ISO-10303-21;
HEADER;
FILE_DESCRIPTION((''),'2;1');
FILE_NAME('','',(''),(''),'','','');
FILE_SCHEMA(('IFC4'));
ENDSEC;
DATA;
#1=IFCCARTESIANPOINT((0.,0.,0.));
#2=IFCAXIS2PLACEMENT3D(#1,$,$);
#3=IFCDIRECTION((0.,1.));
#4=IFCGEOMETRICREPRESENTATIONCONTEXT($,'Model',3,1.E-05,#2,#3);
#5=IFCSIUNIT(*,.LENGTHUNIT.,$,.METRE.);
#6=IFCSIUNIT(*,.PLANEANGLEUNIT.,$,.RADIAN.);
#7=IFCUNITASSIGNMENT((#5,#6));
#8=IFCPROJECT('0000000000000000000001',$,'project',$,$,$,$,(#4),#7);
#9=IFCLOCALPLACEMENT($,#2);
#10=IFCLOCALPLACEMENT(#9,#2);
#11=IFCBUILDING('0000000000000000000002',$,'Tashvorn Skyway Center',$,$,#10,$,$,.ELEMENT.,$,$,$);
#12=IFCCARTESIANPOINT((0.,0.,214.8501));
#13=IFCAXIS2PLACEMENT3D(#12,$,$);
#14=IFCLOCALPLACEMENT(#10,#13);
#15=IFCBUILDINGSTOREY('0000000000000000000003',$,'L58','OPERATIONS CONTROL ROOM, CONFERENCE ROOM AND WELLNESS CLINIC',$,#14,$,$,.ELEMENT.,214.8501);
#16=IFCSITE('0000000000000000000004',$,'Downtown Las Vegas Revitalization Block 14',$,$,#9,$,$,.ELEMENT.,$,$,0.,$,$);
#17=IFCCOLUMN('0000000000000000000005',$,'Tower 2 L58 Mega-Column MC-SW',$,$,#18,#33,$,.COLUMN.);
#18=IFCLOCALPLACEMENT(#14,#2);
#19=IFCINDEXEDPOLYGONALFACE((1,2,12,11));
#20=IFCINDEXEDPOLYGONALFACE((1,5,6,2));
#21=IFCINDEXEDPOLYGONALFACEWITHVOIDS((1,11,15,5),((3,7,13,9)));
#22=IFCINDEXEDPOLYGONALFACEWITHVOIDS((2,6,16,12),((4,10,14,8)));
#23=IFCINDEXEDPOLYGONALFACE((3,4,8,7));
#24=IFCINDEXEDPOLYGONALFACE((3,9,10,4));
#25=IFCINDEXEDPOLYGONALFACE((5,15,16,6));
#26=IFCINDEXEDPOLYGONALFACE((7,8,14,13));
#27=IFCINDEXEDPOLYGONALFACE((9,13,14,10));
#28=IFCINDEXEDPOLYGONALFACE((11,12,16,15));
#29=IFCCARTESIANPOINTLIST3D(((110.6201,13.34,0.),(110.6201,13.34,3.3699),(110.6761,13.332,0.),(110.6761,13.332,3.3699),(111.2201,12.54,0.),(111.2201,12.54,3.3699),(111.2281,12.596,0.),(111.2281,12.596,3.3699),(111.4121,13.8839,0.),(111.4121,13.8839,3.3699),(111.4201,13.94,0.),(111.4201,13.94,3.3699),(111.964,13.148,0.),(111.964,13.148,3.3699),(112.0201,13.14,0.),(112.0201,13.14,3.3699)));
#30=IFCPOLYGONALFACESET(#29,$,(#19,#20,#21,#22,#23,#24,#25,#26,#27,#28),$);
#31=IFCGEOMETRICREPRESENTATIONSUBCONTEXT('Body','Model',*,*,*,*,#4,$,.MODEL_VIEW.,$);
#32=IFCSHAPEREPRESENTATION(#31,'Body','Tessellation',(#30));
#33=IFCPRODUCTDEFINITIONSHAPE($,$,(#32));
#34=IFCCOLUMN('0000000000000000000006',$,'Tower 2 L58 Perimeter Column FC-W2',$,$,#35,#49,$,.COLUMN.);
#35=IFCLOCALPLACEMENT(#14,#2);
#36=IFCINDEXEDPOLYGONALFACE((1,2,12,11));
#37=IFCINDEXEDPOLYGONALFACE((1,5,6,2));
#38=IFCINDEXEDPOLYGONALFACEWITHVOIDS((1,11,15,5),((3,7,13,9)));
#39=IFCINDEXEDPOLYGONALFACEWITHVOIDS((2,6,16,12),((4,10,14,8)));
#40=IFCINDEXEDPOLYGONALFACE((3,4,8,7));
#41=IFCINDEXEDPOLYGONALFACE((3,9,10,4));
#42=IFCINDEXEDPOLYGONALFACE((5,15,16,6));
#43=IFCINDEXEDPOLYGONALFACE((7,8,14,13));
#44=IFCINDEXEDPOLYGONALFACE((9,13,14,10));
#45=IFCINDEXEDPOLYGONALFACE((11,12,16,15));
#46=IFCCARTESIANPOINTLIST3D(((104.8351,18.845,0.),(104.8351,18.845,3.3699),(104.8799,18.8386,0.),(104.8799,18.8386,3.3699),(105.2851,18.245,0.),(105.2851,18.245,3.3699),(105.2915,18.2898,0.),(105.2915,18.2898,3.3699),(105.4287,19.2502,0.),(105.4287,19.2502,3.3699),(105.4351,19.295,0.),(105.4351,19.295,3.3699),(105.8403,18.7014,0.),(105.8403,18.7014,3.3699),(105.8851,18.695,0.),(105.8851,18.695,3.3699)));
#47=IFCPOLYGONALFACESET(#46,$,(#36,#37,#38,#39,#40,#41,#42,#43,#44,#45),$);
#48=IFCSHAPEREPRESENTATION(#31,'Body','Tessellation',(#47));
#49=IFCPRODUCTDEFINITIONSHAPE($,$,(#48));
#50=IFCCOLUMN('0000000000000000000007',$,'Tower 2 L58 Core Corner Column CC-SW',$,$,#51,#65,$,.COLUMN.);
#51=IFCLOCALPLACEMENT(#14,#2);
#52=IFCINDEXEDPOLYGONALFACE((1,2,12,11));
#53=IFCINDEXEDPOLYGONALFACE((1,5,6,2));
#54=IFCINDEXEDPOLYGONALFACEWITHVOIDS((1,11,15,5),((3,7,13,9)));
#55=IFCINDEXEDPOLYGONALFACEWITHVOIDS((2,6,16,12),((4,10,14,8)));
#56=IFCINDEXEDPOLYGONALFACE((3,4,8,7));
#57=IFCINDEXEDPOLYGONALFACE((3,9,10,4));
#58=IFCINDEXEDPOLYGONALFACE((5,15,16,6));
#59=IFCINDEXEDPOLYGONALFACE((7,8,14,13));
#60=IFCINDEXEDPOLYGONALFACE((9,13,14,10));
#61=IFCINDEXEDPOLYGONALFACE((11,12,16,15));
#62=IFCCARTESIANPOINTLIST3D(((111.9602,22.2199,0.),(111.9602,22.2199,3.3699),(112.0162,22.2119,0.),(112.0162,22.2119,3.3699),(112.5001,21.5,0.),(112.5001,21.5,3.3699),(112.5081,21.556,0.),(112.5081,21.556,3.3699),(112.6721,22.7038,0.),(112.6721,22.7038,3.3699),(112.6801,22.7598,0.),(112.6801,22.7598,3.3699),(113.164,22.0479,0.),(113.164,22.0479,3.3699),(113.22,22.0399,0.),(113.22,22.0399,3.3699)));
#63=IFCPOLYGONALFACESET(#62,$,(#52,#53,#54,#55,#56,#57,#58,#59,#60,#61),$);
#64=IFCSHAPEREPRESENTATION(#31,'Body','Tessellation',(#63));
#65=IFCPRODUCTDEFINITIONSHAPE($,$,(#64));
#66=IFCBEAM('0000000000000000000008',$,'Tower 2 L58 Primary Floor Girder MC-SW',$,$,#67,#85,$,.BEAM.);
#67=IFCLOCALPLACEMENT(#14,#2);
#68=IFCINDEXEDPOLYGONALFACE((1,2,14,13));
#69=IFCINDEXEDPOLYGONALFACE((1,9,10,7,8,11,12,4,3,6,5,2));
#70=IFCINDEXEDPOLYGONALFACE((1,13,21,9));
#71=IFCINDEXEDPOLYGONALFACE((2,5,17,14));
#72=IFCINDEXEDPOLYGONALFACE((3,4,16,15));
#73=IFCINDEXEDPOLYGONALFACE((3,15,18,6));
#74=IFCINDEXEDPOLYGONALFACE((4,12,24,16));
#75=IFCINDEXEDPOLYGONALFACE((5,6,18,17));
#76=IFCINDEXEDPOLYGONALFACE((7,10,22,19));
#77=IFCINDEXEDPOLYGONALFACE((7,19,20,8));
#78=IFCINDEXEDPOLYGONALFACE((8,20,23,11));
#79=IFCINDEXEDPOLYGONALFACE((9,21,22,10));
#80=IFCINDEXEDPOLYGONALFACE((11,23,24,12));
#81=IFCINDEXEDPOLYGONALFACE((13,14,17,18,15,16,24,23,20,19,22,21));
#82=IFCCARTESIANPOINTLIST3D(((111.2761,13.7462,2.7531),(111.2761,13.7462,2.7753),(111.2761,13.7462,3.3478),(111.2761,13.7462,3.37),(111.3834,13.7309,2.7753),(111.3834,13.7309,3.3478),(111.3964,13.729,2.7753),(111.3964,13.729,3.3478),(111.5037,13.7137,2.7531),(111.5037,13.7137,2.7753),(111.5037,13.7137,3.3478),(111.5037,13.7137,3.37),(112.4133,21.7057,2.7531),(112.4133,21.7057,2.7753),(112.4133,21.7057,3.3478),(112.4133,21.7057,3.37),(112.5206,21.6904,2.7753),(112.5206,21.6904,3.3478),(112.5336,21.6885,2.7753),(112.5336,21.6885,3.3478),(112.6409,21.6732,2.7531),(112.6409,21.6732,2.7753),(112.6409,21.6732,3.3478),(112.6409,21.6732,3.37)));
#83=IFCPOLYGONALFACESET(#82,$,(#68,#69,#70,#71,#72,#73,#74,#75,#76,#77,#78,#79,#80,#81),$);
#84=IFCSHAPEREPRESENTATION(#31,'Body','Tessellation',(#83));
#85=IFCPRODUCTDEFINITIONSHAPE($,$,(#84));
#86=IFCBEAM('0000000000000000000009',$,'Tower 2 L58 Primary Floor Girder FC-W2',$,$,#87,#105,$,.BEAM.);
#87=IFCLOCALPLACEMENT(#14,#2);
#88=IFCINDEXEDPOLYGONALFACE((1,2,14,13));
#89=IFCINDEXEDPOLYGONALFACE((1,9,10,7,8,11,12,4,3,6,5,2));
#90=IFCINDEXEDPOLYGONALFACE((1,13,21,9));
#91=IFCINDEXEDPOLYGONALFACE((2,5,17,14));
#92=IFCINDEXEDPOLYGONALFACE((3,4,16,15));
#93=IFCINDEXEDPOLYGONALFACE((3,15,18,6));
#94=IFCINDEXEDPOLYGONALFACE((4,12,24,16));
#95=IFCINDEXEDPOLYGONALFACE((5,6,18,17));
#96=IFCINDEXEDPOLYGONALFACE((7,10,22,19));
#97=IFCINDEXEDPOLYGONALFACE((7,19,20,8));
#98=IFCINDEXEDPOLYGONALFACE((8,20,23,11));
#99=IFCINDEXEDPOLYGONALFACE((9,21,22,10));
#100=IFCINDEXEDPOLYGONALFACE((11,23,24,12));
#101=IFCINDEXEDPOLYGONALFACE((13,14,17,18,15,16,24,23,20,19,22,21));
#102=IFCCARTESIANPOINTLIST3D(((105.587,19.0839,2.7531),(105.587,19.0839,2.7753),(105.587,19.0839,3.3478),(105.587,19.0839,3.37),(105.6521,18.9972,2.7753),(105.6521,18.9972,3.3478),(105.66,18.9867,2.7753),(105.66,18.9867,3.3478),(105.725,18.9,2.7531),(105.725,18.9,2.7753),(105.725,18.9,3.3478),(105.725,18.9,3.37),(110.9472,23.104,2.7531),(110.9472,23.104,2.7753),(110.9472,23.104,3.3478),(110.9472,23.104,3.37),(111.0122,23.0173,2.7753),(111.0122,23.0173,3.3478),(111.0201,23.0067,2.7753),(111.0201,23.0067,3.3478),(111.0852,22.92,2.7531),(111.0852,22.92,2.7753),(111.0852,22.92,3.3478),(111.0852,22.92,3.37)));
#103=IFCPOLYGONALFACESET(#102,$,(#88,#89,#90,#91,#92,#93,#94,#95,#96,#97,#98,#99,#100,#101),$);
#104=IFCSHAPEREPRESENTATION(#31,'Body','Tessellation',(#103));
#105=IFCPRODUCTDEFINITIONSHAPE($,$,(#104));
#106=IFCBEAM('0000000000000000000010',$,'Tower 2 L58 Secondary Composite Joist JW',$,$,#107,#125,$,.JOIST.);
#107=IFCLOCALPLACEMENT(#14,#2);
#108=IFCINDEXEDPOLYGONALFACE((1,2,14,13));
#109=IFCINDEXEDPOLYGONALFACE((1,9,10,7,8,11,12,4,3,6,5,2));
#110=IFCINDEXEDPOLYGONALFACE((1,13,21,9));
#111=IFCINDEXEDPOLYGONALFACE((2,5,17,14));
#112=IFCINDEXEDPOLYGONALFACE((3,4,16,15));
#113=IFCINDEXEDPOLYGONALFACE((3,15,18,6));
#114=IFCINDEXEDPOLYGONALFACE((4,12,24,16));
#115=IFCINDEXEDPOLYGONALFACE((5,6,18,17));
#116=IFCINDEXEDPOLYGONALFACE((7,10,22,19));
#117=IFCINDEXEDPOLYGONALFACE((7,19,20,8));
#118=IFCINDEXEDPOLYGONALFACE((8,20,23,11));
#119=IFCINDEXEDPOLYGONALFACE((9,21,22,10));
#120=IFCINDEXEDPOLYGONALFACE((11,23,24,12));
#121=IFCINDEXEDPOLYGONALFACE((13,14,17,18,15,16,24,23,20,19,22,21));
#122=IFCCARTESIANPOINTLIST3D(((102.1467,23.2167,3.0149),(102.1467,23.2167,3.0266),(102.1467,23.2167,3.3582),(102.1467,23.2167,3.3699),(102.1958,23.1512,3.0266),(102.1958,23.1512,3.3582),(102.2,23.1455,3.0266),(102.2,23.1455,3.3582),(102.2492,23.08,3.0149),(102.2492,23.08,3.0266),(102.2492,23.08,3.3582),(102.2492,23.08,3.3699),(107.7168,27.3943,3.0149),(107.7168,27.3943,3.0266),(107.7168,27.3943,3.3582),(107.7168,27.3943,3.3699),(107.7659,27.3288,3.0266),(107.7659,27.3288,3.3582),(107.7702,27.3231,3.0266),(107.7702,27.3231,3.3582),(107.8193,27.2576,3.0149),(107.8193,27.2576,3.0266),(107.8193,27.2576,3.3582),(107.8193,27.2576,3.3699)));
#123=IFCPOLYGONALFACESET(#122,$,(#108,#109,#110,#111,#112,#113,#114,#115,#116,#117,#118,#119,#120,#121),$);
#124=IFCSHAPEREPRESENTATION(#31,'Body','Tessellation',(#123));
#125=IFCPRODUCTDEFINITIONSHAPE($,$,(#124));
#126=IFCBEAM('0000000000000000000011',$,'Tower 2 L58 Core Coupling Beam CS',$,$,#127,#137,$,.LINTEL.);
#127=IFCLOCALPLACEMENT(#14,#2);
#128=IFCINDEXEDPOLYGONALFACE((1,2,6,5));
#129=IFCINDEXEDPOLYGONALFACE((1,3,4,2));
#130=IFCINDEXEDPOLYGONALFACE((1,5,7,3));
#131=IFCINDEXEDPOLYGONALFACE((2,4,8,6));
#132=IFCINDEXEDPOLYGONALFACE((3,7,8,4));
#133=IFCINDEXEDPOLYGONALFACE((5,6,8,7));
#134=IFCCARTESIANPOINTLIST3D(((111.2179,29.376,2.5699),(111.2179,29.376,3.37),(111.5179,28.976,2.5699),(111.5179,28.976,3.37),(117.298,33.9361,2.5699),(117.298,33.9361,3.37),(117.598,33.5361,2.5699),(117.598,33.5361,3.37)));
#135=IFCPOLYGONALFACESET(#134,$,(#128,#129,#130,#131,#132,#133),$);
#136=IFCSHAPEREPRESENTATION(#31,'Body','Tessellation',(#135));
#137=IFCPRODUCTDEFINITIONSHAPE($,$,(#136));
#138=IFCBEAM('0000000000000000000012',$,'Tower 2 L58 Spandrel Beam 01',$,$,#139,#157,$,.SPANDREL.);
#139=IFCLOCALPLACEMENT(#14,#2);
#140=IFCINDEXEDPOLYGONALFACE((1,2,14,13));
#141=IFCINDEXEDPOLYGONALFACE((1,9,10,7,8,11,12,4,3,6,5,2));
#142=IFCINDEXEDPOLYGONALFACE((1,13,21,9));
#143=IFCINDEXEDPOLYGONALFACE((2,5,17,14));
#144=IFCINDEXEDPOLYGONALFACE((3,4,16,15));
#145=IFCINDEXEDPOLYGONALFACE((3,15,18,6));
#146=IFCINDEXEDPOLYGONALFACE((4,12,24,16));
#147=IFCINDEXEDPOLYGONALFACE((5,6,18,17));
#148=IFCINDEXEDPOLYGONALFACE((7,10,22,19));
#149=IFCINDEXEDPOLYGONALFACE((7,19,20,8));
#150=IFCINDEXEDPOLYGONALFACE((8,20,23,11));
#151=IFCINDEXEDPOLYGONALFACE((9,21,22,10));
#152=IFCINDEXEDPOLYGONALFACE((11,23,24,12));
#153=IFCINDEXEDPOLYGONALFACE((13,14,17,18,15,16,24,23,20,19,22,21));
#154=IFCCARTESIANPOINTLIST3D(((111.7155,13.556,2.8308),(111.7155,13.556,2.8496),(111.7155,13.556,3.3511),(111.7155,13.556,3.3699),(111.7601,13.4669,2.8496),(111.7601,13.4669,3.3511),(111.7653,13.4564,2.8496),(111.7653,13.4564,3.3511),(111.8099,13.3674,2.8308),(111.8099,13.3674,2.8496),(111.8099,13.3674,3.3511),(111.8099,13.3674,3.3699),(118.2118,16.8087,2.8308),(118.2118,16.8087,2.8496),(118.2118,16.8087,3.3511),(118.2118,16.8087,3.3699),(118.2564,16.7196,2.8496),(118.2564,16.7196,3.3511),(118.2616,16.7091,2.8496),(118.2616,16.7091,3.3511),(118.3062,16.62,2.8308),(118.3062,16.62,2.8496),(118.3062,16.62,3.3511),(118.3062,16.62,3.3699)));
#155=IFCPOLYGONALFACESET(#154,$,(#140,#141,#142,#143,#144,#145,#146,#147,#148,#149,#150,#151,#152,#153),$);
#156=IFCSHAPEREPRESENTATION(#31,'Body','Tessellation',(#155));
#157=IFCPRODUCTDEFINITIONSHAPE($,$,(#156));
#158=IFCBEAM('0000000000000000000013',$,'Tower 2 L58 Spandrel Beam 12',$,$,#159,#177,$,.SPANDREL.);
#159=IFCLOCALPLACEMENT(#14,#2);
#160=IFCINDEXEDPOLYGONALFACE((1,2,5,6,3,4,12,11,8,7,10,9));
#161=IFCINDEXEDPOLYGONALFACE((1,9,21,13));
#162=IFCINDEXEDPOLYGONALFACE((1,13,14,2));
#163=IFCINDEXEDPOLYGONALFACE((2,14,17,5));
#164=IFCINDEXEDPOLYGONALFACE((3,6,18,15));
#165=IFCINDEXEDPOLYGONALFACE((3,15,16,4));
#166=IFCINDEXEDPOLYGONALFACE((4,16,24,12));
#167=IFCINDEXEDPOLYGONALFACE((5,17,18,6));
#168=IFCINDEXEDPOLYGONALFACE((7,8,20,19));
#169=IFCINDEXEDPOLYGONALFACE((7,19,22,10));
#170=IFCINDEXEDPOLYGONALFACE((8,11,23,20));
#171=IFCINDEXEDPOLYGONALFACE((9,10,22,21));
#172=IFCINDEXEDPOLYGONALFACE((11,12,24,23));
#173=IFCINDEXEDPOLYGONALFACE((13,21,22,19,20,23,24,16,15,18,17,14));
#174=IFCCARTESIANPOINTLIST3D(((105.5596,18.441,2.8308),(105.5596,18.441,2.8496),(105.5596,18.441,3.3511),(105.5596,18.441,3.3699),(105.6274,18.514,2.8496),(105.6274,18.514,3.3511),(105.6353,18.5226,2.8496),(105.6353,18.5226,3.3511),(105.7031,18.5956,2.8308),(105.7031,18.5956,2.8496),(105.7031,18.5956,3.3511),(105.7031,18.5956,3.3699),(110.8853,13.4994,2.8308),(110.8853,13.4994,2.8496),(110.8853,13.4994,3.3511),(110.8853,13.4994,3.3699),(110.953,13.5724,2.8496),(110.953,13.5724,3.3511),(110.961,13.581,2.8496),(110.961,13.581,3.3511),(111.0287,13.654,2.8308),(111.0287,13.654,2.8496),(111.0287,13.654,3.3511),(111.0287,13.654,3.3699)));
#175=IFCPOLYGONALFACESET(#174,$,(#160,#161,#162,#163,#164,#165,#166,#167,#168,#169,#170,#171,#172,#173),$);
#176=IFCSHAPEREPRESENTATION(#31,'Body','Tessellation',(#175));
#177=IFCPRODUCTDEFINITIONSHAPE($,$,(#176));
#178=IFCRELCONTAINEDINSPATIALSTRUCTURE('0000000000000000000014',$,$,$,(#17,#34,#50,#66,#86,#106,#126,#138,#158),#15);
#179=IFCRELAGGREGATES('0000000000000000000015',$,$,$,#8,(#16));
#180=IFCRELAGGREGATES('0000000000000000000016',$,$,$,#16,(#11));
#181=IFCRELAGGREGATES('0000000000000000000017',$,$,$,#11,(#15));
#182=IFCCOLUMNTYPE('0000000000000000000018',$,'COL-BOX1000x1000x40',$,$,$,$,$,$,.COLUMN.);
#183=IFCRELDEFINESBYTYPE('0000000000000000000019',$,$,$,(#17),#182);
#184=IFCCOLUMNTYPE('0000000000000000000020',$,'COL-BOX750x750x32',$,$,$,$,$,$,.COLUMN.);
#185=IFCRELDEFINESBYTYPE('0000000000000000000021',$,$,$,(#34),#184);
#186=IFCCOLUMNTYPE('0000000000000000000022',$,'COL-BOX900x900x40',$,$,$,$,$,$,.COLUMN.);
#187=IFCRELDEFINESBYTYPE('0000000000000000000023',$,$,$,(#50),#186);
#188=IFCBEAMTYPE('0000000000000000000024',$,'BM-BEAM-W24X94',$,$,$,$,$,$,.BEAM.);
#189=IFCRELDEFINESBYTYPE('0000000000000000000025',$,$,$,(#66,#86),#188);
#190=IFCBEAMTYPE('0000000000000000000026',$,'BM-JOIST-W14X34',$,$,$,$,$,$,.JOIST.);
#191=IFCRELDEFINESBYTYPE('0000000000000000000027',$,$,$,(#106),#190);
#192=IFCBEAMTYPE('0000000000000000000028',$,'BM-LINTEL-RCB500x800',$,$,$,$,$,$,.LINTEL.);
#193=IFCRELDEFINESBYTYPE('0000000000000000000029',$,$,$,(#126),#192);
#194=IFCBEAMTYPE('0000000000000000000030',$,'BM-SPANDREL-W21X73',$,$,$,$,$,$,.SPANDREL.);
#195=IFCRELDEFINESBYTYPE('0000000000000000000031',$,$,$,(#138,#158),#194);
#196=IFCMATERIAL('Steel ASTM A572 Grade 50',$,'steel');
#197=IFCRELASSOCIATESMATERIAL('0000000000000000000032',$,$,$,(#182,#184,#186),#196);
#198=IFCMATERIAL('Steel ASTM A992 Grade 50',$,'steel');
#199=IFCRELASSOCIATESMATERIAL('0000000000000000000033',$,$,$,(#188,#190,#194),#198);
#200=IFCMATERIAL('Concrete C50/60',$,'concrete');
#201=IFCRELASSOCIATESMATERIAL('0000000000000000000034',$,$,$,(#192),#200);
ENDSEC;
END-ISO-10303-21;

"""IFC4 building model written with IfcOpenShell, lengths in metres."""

from ifc_helpers import new_model, si_unit, direction, frame, origin, origin_2d, place, context, subcontext, project, spatial, rectangle, hollow_rectangle, i_section, extrude, material, material_profile, profile_set, type_object, element, save


model = new_model("IFC4")

# Units and contexts
model_context = context("Model", 3, precision=1e-05, world=origin(), true_north=direction((0.0, 1.0)))
body_context = subcontext(model_context, "Body", "Model", "MODEL_VIEW")
ifc_project = project(units=[si_unit("LENGTHUNIT", "METRE"), si_unit("PLANEANGLEUNIT", "RADIAN")], contexts=[model_context])

# Site, building, storey
site_placement = place(None, origin())
site = spatial("IfcSite", under=ifc_project, at=site_placement, Name="Downtown Las Vegas Revitalization Block 14", CompositionType="ELEMENT", RefElevation=0.0)
building_placement = place(site_placement, origin())
building = spatial("IfcBuilding", under=site, at=building_placement, Name="Tashvorn Skyway Center", CompositionType="ELEMENT")
storey_placement = place(building_placement, frame((0.0, 0.0, 214.8501)))
storey = spatial("IfcBuildingStorey", under=building, at=storey_placement, Name="L58", Description="OPERATIONS CONTROL ROOM, CONFERENCE ROOM AND WELLNESS CLINIC", CompositionType="ELEMENT", Elevation=214.8501)

# Columns
ifc_material_1 = material(Name="Steel ASTM A572 Grade 50", Category="steel")
ifc_material_profile_1 = material_profile(ifc_material_1, hollow_rectangle(XDim=1.0, YDim=1.0, WallThickness=0.04, at=origin_2d()), Name="BOX1000x1000x40")
ifc_profile_set_1 = profile_set([ifc_material_profile_1], Name="Steel ASTM A572 Grade 50")
column_type_1 = type_object("IfcColumnType", Name="COL-BOX1000x1000x40", PredefinedType="COLUMN", material=ifc_profile_set_1)
column_1_placement = place(storey_placement, frame((111.3201, 13.24, 0.0), z_axis=(0.0, 0.0, 1.0), x_axis=(0.8, 0.6, 0.0)))
element("IfcColumn", 1, at=column_1_placement, inside=storey, type_object=column_type_1, Name="Tower 2 L58 Mega-Column MC-SW", PredefinedType="COLUMN", context=body_context, shape_type="SweptSolid", body=[
    extrude(hollow_rectangle(XDim=1.0, YDim=1.0, WallThickness=0.04, at=origin_2d()), origin(), (0.0, 0.0, 1.0), 3.3699),
])
ifc_material_profile_2 = material_profile(ifc_material_1, hollow_rectangle(XDim=0.75, YDim=0.75, WallThickness=0.032, at=origin_2d()), Name="BOX750x750x32")
ifc_profile_set_2 = profile_set([ifc_material_profile_2], Name="Steel ASTM A572 Grade 50")
column_type_2 = type_object("IfcColumnType", Name="COL-BOX750x750x32", PredefinedType="COLUMN", material=ifc_profile_set_2)
column_2_placement = place(storey_placement, frame((105.3601, 18.77, 0.0), z_axis=(0.0, 0.0, 1.0), x_axis=(0.8, 0.6, 0.0)))
element("IfcColumn", 2, at=column_2_placement, inside=storey, type_object=column_type_2, Name="Tower 2 L58 Perimeter Column FC-W2", PredefinedType="COLUMN", context=body_context, shape_type="SweptSolid", body=[
    extrude(hollow_rectangle(XDim=0.75, YDim=0.75, WallThickness=0.032, at=origin_2d()), origin(), (0.0, 0.0, 1.0), 3.3699),
])
ifc_material_profile_3 = material_profile(ifc_material_1, hollow_rectangle(XDim=0.8999, YDim=0.8999, WallThickness=0.04, at=origin_2d()), Name="BOX900x900x40")
ifc_profile_set_3 = profile_set([ifc_material_profile_3], Name="Steel ASTM A572 Grade 50")
column_type_3 = type_object("IfcColumnType", Name="COL-BOX900x900x40", PredefinedType="COLUMN", material=ifc_profile_set_3)
column_3_placement = place(storey_placement, frame((112.5901, 22.1299, 0.0), z_axis=(0.0, 0.0, 1.0), x_axis=(0.8, 0.6, 0.0)))
element("IfcColumn", 3, at=column_3_placement, inside=storey, type_object=column_type_3, Name="Tower 2 L58 Core Corner Column CC-SW", PredefinedType="COLUMN", context=body_context, shape_type="SweptSolid", body=[
    extrude(hollow_rectangle(XDim=0.8999, YDim=0.8999, WallThickness=0.04, at=origin_2d()), origin(), (0.0, 0.0, 1.0), 3.3699),
])

# Beams
ifc_material_2 = material(Name="Steel ASTM A992 Grade 50", Category="steel")
ifc_material_profile_4 = material_profile(ifc_material_2, i_section(OverallWidth=0.23, OverallDepth=0.6169, WebThickness=0.0132, FlangeThickness=0.0222, at=origin_2d()), Name="W24X94")
ifc_profile_set_4 = profile_set([ifc_material_profile_4], Name="Steel ASTM A992 Grade 50")
beam_type_1 = type_object("IfcBeamType", Name="BM-BEAM-W24X94", PredefinedType="BEAM", material=ifc_profile_set_4)
beam_1_placement = place(storey_placement, frame((111.3899, 13.73, 3.0615), z_axis=(0.141438, 0.989947, 0.0), x_axis=(-0.989947, 0.141438, 0.0)))
element("IfcBeam", 4, at=beam_1_placement, inside=storey, type_object=beam_type_1, Name="Tower 2 L58 Primary Floor Girder MC-SW", PredefinedType="BEAM", context=body_context, shape_type="SweptSolid", body=[
    extrude(i_section(OverallWidth=0.23, OverallDepth=0.6169, WebThickness=0.0132, FlangeThickness=0.0222, at=origin_2d()), origin(), (0.0, 0.0, 1.0), 8.0403),
])
beam_2_placement = place(storey_placement, frame((105.656, 18.9919, 3.0615), z_axis=(0.800004, 0.599994, 0.0), x_axis=(-0.599994, 0.800004, 0.0)))
element("IfcBeam", 5, at=beam_2_placement, inside=storey, type_object=beam_type_1, Name="Tower 2 L58 Primary Floor Girder FC-W2", PredefinedType="BEAM", context=body_context, shape_type="SweptSolid", body=[
    extrude(i_section(OverallWidth=0.23, OverallDepth=0.6169, WebThickness=0.0132, FlangeThickness=0.0222, at=origin_2d()), origin(), (0.0, 0.0, 1.0), 6.7002),
])
ifc_material_profile_5 = material_profile(ifc_material_2, i_section(OverallWidth=0.1709, OverallDepth=0.355, WebThickness=0.0071, FlangeThickness=0.0117, at=origin_2d()), Name="W14X34")
ifc_profile_set_5 = profile_set([ifc_material_profile_5], Name="Steel ASTM A992 Grade 50")
beam_type_2 = type_object("IfcBeamType", Name="BM-JOIST-W14X34", PredefinedType="JOIST", material=ifc_profile_set_5)
beam_3_placement = place(storey_placement, frame((107.7681, 27.3259, 3.1924), z_axis=(-0.800004, -0.599994, 0.0), x_axis=(0.599994, -0.800004, 0.0)))
element("IfcBeam", 6, at=beam_3_placement, inside=storey, type_object=beam_type_2, Name="Tower 2 L58 Secondary Composite Joist JW", PredefinedType="JOIST", context=body_context, shape_type="SweptSolid", body=[
    extrude(i_section(OverallWidth=0.1709, OverallDepth=0.355, WebThickness=0.0071, FlangeThickness=0.0117, at=origin_2d()), origin(), (0.0, 0.0, 1.0), 6.9626),
])
ifc_material_3 = material(Name="Concrete C50/60", Category="concrete")
ifc_material_profile_6 = material_profile(ifc_material_3, rectangle(XDim=0.5, YDim=0.8, at=origin_2d()), Name="RCB500x800")
ifc_profile_set_6 = profile_set([ifc_material_profile_6], Name="Concrete C50/60")
beam_type_3 = type_object("IfcBeamType", Name="BM-LINTEL-RCB500x800", PredefinedType="LINTEL", material=ifc_profile_set_6)
beam_4_placement = place(storey_placement, frame((111.3679, 29.176, 2.97), z_axis=(0.8, 0.6, 0.0), x_axis=(-0.6, 0.8, 0.0)))
element("IfcBeam", 7, at=beam_4_placement, inside=storey, type_object=beam_type_3, Name="Tower 2 L58 Core Coupling Beam CS", PredefinedType="LINTEL", context=body_context, shape_type="SweptSolid", body=[
    extrude(rectangle(XDim=0.5, YDim=0.8, at=origin_2d()), origin(), (0.0, 0.0, 1.0), 7.6001),
])
ifc_material_profile_7 = material_profile(ifc_material_2, i_section(OverallWidth=0.2109, OverallDepth=0.5391, WebThickness=0.0117, FlangeThickness=0.0188, at=origin_2d()), Name="W21X73")
ifc_profile_set_7 = profile_set([ifc_material_profile_7], Name="Steel ASTM A992 Grade 50")
beam_type_4 = type_object("IfcBeamType", Name="BM-SPANDREL-W21X73", PredefinedType="SPANDREL", material=ifc_profile_set_7)
for number, where, z_axis, x_axis, name in (
    (8, (111.7627, 13.4617, 3.1003), (0.894178, 0.447711, 0.0), (-0.447711, 0.894178, 0.0), "Tower 2 L58 Spandrel Beam 01"),
    (9, (105.6313, 18.5183, 3.1003), (0.733042, -0.680183, 0.0), (0.680183, 0.733042, 0.0), "Tower 2 L58 Spandrel Beam 12"),
):
    element("IfcBeam", number, at=place(storey_placement, frame(where, z_axis=z_axis, x_axis=x_axis)), inside=storey, type_object=beam_type_4, Name=name, PredefinedType="SPANDREL", context=body_context, shape_type="SweptSolid", body=[
        extrude(i_section(OverallWidth=0.2109, OverallDepth=0.5391, WebThickness=0.0117, FlangeThickness=0.0188, at=origin_2d()), origin(), (0.0, 0.0, 1.0), 7.2651),
    ])

save(model, "model.ifc")
